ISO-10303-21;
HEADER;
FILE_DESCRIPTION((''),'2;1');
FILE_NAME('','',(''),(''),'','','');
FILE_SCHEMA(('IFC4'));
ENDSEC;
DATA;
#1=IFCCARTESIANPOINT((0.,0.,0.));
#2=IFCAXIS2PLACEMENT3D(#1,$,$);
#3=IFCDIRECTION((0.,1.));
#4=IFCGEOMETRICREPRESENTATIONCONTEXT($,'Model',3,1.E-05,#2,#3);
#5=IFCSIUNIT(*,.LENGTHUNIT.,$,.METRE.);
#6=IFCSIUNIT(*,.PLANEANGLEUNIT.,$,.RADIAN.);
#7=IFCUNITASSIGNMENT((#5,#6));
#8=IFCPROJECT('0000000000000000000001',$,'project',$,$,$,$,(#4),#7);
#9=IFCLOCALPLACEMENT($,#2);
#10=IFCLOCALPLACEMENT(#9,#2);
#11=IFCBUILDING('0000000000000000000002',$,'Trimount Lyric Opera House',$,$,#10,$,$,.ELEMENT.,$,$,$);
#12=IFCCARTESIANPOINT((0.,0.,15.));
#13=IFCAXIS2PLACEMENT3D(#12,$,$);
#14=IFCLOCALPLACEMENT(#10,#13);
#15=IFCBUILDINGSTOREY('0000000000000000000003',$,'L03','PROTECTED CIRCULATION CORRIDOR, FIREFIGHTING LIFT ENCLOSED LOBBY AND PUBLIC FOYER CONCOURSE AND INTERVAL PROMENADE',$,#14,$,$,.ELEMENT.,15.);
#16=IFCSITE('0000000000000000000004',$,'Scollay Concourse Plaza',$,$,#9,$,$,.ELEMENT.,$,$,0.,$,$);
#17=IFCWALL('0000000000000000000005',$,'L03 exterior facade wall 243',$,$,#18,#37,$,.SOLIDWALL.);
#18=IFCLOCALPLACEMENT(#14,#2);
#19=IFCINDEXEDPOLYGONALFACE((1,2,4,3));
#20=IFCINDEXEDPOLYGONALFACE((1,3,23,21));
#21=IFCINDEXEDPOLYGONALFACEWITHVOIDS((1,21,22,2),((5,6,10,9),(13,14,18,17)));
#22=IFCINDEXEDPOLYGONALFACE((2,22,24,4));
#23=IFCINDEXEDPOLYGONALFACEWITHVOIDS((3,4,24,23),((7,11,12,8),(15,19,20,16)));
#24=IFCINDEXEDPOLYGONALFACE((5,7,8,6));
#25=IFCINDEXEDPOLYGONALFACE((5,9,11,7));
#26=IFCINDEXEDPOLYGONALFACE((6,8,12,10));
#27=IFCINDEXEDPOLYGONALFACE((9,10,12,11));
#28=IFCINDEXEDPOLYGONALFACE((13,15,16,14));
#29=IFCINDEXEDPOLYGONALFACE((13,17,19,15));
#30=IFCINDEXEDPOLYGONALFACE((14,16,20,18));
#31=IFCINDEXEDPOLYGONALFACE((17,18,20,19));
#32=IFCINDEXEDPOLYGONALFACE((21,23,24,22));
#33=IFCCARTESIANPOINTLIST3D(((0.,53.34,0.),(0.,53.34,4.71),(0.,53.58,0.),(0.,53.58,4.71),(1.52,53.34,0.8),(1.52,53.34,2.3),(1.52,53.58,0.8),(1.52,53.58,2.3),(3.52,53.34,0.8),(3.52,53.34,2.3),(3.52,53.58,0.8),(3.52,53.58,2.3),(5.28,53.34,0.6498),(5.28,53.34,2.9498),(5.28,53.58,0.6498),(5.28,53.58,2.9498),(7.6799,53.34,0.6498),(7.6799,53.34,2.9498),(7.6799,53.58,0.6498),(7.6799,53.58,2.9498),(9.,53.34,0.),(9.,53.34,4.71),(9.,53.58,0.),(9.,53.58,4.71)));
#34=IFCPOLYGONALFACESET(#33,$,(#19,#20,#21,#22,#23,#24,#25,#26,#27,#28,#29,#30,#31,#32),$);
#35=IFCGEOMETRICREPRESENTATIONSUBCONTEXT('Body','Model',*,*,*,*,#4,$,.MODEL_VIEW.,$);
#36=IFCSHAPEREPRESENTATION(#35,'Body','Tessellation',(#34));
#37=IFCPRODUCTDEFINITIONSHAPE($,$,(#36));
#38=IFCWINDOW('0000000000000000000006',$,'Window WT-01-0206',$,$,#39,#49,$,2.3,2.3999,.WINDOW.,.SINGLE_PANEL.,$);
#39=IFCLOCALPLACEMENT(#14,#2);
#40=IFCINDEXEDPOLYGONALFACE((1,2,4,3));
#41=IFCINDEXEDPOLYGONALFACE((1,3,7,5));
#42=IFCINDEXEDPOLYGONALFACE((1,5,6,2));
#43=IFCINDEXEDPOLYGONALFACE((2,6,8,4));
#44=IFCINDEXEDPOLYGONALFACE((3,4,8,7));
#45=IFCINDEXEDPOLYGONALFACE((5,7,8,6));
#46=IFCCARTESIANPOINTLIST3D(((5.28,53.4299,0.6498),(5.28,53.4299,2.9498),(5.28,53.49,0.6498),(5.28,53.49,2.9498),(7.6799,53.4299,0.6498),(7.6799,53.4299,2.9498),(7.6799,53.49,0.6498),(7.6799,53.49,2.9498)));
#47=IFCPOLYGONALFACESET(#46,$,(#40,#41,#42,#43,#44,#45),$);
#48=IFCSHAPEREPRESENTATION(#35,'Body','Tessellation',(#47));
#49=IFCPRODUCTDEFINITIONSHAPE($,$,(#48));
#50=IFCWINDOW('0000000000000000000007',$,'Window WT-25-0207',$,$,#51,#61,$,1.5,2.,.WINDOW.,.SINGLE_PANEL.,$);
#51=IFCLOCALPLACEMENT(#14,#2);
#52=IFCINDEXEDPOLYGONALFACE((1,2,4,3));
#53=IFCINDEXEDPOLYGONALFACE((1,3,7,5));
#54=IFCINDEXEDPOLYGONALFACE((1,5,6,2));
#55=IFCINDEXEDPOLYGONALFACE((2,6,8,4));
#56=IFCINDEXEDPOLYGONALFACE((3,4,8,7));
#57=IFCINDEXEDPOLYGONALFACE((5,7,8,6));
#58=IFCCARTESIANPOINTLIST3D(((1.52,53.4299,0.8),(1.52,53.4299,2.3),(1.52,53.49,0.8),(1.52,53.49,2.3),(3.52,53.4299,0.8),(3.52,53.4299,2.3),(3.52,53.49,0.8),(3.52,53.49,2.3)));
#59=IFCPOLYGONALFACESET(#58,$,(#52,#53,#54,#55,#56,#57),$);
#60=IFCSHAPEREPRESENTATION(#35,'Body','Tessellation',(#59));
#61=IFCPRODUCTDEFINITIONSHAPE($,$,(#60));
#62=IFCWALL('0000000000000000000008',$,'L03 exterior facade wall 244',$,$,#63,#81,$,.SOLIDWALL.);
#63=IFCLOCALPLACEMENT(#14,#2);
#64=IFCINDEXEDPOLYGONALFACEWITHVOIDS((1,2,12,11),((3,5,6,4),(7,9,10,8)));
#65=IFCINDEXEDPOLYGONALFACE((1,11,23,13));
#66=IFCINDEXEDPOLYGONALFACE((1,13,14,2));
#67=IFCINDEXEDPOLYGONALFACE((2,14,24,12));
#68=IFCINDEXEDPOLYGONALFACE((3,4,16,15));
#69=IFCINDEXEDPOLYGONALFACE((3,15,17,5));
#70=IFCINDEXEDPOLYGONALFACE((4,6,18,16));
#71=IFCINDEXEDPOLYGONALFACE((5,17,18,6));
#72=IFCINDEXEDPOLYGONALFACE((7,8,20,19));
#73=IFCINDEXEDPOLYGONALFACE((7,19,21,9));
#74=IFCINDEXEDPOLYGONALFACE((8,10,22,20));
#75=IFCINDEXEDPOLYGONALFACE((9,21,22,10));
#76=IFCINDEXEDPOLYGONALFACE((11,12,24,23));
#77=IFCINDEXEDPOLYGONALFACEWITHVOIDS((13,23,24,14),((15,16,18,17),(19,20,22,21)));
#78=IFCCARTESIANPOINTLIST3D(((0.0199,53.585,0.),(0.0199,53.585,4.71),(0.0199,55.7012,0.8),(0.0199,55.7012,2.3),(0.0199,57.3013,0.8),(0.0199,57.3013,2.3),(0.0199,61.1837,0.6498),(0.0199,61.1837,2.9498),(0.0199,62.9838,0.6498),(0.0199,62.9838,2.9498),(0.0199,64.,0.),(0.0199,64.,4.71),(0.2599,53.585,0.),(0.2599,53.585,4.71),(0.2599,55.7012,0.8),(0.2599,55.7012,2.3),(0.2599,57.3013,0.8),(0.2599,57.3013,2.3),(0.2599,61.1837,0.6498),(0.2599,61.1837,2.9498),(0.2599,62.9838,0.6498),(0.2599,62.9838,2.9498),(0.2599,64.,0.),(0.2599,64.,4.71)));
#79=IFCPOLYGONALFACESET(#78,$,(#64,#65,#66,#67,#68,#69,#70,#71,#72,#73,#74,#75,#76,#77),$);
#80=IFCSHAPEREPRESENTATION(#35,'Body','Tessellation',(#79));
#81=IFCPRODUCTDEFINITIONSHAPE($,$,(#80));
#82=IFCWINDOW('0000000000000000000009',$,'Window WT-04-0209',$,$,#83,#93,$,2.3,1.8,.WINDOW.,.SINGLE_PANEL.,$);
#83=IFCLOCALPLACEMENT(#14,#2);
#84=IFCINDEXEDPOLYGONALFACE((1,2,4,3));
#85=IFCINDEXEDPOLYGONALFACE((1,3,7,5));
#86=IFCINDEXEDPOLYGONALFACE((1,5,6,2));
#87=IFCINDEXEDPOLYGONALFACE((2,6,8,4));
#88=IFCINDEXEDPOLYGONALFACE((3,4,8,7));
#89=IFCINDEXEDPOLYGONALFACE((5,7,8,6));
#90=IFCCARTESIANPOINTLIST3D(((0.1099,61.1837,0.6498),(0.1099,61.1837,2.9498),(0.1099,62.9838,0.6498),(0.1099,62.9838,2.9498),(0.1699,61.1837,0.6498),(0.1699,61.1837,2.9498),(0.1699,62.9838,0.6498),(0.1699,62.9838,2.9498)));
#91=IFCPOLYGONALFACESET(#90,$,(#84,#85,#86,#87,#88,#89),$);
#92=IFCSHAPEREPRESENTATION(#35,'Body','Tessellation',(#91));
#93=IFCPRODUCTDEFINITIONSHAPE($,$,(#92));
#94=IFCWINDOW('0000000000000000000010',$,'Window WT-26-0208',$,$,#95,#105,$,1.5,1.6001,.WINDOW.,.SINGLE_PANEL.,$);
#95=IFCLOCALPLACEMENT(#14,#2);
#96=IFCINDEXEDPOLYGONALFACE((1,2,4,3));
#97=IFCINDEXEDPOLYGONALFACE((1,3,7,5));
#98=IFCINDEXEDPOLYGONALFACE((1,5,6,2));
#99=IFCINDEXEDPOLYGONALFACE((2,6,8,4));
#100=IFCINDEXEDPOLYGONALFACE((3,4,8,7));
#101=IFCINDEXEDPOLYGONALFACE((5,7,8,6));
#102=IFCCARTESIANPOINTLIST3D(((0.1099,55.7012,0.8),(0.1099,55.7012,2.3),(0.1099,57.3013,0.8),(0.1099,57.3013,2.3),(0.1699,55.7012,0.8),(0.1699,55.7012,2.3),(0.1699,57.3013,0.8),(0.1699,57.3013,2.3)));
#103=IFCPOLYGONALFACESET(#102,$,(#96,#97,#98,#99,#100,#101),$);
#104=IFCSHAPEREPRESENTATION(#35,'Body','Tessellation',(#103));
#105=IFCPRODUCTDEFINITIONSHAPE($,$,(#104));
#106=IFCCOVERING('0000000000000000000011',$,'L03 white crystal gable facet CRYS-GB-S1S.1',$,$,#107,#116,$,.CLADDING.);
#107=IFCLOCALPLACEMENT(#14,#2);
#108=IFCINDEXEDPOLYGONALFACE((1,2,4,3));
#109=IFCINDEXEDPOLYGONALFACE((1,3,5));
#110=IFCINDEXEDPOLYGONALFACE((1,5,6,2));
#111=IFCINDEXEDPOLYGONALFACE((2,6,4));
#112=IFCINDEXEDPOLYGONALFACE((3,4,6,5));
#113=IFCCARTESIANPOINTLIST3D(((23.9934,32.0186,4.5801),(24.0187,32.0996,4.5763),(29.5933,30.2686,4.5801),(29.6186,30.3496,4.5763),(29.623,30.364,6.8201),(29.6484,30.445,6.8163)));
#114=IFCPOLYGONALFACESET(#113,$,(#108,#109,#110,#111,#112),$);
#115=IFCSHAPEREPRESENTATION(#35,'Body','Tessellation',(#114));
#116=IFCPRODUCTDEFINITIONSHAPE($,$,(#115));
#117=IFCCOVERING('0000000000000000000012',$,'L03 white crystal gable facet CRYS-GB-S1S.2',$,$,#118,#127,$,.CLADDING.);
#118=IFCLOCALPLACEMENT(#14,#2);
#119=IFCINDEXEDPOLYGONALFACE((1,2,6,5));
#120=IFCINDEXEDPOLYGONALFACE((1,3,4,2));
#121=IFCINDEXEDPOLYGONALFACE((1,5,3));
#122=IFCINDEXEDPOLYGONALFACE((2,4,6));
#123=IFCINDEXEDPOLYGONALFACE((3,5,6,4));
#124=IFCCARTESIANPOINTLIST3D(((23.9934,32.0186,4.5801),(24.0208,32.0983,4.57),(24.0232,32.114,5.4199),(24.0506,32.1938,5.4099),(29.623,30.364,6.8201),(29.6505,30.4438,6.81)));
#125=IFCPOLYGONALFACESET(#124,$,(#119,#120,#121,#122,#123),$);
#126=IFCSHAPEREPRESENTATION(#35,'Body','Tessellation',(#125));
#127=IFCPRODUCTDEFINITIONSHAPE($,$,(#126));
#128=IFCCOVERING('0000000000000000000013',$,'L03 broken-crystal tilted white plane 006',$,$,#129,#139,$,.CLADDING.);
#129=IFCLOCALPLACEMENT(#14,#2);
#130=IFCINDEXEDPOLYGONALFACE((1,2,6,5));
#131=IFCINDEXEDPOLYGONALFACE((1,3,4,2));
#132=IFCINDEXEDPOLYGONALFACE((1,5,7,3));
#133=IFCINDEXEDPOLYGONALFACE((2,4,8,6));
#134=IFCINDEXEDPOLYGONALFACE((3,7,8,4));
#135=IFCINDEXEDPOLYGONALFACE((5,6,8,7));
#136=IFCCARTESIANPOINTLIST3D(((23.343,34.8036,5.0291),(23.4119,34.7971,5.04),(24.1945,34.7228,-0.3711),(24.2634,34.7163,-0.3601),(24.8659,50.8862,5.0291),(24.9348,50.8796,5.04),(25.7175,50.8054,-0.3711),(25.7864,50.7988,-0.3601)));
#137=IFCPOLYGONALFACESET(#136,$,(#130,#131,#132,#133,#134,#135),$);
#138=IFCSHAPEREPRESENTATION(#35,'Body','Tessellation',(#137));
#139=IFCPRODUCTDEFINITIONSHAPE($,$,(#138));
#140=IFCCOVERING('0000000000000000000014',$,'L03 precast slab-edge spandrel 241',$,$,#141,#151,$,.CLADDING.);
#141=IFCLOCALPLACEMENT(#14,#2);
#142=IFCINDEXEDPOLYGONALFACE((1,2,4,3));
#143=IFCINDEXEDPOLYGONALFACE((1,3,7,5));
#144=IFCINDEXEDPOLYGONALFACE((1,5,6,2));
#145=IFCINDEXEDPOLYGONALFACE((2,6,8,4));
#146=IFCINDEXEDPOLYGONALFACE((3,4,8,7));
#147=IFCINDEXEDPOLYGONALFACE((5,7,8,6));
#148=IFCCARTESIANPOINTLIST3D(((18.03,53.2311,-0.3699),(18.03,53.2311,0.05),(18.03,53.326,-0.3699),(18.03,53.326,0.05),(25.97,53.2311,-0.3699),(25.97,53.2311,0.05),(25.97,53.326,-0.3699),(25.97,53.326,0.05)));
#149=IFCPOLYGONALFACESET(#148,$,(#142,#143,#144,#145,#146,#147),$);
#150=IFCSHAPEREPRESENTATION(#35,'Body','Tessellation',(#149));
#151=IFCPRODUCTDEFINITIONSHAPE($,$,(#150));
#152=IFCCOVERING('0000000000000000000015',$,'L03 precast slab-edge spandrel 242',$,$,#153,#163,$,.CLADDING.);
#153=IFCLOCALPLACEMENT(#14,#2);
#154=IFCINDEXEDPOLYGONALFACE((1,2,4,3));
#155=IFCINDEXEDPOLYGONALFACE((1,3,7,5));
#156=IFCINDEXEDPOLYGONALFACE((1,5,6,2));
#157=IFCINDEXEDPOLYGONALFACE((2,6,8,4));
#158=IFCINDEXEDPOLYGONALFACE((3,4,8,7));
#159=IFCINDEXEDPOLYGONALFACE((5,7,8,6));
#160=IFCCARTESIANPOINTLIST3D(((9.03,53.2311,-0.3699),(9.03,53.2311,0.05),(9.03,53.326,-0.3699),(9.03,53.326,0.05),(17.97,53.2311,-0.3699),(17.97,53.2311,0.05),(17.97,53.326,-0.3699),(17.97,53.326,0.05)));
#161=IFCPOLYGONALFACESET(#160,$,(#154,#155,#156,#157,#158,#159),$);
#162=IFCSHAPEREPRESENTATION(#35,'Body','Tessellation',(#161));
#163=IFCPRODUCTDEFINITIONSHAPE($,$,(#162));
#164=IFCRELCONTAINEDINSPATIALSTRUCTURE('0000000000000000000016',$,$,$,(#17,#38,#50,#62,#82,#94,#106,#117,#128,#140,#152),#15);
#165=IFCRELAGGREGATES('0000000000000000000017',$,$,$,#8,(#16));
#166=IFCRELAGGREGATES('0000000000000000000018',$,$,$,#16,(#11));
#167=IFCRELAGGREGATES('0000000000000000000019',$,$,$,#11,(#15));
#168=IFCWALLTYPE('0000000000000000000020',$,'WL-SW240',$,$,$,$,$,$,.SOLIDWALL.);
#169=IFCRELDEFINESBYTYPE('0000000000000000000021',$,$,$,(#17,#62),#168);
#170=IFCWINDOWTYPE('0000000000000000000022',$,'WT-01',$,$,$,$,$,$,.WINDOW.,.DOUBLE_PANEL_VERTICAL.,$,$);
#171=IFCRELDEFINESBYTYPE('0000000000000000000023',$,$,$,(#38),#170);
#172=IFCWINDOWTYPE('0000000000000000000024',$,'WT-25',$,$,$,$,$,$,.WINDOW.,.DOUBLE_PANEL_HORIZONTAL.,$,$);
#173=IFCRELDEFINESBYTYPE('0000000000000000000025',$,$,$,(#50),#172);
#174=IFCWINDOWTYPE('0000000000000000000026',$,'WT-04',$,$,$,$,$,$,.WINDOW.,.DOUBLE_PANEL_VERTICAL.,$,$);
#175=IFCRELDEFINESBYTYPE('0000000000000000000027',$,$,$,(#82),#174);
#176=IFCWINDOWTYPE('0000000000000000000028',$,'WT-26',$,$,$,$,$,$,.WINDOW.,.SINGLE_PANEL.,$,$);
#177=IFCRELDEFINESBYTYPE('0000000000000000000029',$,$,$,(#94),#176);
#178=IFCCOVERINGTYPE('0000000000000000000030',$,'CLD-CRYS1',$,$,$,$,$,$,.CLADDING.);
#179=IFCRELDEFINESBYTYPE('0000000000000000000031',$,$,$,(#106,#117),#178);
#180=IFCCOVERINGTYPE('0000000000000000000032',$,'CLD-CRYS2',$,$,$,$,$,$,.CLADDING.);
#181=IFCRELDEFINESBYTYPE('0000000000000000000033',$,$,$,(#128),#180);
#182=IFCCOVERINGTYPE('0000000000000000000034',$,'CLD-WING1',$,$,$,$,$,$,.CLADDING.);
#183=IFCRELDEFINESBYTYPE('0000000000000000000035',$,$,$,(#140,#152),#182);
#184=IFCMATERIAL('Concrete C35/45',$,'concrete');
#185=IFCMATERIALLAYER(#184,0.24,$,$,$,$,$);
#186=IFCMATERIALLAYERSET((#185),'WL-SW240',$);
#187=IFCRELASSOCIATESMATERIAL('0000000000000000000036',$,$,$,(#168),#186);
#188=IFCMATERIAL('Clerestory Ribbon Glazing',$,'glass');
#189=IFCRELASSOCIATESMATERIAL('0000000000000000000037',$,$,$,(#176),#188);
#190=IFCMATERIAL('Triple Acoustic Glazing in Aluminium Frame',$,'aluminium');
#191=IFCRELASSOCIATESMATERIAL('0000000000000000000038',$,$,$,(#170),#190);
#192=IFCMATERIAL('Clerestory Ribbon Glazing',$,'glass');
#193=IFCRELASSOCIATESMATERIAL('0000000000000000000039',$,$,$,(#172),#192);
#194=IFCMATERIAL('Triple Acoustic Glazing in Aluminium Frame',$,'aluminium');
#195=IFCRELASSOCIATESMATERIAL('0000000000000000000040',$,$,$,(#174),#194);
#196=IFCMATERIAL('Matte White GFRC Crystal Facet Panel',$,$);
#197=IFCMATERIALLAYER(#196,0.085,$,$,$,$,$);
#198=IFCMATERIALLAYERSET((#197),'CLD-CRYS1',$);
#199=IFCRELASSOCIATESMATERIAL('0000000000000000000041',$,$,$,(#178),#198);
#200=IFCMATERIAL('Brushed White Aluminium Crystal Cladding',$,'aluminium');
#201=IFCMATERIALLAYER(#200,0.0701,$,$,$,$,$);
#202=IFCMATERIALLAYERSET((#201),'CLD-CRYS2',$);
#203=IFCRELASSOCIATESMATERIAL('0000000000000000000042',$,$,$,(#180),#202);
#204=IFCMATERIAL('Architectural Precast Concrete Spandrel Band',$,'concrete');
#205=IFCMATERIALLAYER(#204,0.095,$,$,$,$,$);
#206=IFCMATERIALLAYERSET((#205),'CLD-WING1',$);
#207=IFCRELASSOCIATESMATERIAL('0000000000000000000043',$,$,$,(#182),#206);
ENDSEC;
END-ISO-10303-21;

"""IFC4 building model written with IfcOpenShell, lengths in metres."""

from ifc_helpers import new_model, si_unit, direction, frame, frame_2d, origin, origin_2d, place, context, subcontext, project, spatial, polyline, rectangle, outline, extrude, material, layer, layer_set, type_object, element, fill, save


model = new_model("IFC4")

# Units and contexts
model_context = context("Model", 3, precision=1e-05, world=origin(), true_north=direction((0.0, 1.0)))
body_context = subcontext(model_context, "Body", "Model", "MODEL_VIEW")
ifc_project = project(units=[si_unit("LENGTHUNIT", "METRE"), si_unit("PLANEANGLEUNIT", "RADIAN")], contexts=[model_context])

# Site, building, storey
site_placement = place(None, origin())
site = spatial("IfcSite", under=ifc_project, at=site_placement, Name="Scollay Concourse Plaza", CompositionType="ELEMENT", RefElevation=0.0)
building_placement = place(site_placement, origin())
building = spatial("IfcBuilding", under=site, at=building_placement, Name="Trimount Lyric Opera House", CompositionType="ELEMENT")
storey_placement = place(building_placement, frame((0.0, 0.0, 15.0)))
storey = spatial("IfcBuildingStorey", under=building, at=storey_placement, Name="L03", Description="PROTECTED CIRCULATION CORRIDOR, FIREFIGHTING LIFT ENCLOSED LOBBY AND PUBLIC FOYER CONCOURSE AND INTERVAL PROMENADE", CompositionType="ELEMENT", Elevation=15.0)

# Walls, openings, windows
ifc_material_1 = material(Name="Concrete C35/45", Category="concrete")
ifc_layer_1 = layer(ifc_material_1, 0.24)
ifc_layer_set_1 = layer_set([ifc_layer_1], Name="WL-SW240")
wall_type_1 = type_object("IfcWallType", Name="WL-SW240", PredefinedType="SOLIDWALL", material=ifc_layer_set_1)
ifc_material_2 = material(Name="Clerestory Ribbon Glazing", Category="glass")
window_type_1 = type_object("IfcWindowType", Name="WT-26", PartitioningType="SINGLE_PANEL", PredefinedType="WINDOW", material=ifc_material_2)
wall_1_placement = place(storey_placement, frame((9.0, 53.46, 0.0), z_axis=(0.0, 0.0, 1.0), x_axis=(-1.0, 0.0, 0.0)))
wall_1 = element("IfcWall", 1, at=wall_1_placement, inside=storey, type_object=wall_type_1, Name="L03 exterior facade wall 243", PredefinedType="SOLIDWALL", context=body_context, shape_type="SweptSolid", body=[
    extrude(rectangle(XDim=9.0, YDim=0.24, at=frame_2d((4.5, 0.0))), origin(), (0.0, 0.0, 1.0), 4.71),
])
opening_1_placement = place(wall_1_placement, frame((1.3201, 0.0, 0.6499)))
opening_1 = element("IfcOpeningElement", 2, at=opening_1_placement, cuts=wall_1, PredefinedType="OPENING", context=body_context, shape_type="SweptSolid", body=[
    extrude(rectangle(XDim=2.3999, YDim=2.3, at=frame_2d((1.2, 1.1499))), frame((0.0, 0.1299, 0.0), z_axis=(0.0, -1.0, 0.0), x_axis=(1.0, 0.0, 0.0)), (0.0, 0.0, 1.0), 0.26),
])
opening_2_placement = place(wall_1_placement, frame((5.48, 0.0, 0.8)))
opening_2 = element("IfcOpeningElement", 3, at=opening_2_placement, cuts=wall_1, PredefinedType="OPENING", context=body_context, shape_type="SweptSolid", body=[
    extrude(rectangle(XDim=2.0, YDim=1.5, at=frame_2d((1.0, 0.75))), frame((0.0, 0.1299, 0.0), z_axis=(0.0, -1.0, 0.0), x_axis=(1.0, 0.0, 0.0)), (0.0, 0.0, 1.0), 0.26),
])
ifc_material_3 = material(Name="Triple Acoustic Glazing in Aluminium Frame", Category="aluminium")
window_type_2 = type_object("IfcWindowType", Name="WT-01", PartitioningType="DOUBLE_PANEL_VERTICAL", PredefinedType="WINDOW", material=ifc_material_3)
window_1_placement = place(opening_1_placement, origin())
window_1 = element("IfcWindow", 4, at=window_1_placement, inside=storey, type_object=window_type_2, Name="Window WT-01-0206", OverallHeight=2.3, OverallWidth=2.3999, PartitioningType="SINGLE_PANEL", PredefinedType="WINDOW", context=body_context, shape_type="SweptSolid", body=[
    extrude(rectangle(XDim=2.3999, YDim=2.3, at=frame_2d((1.2, 1.1499))), frame((0.0, 0.03, 0.0), z_axis=(0.0, -1.0, 0.0), x_axis=(1.0, 0.0, 0.0)), (0.0, 0.0, 1.0), 0.0601),
])
fill(opening_1, window_1)
ifc_material_4 = material(Name="Clerestory Ribbon Glazing", Category="glass")
window_type_3 = type_object("IfcWindowType", Name="WT-25", PartitioningType="DOUBLE_PANEL_HORIZONTAL", PredefinedType="WINDOW", material=ifc_material_4)
window_2_placement = place(opening_2_placement, origin())
window_2 = element("IfcWindow", 5, at=window_2_placement, inside=storey, type_object=window_type_3, Name="Window WT-25-0207", OverallHeight=1.5, OverallWidth=2.0, PartitioningType="SINGLE_PANEL", PredefinedType="WINDOW", context=body_context, shape_type="SweptSolid", body=[
    extrude(rectangle(XDim=2.0, YDim=1.5, at=frame_2d((1.0, 0.75))), frame((0.0, 0.03, 0.0), z_axis=(0.0, -1.0, 0.0), x_axis=(1.0, 0.0, 0.0)), (0.0, 0.0, 1.0), 0.0601),
])
fill(opening_2, window_2)
wall_2_placement = place(storey_placement, frame((0.1399, 53.585, 0.0), z_axis=(0.0, 0.0, 1.0), x_axis=(0.0, 1.0, 0.0)))
wall_2 = element("IfcWall", 6, at=wall_2_placement, inside=storey, type_object=wall_type_1, Name="L03 exterior facade wall 244", PredefinedType="SOLIDWALL", context=body_context, shape_type="SweptSolid", body=[
    extrude(rectangle(XDim=10.415, YDim=0.24, at=frame_2d((5.2075, 0.0))), origin(), (0.0, 0.0, 1.0), 4.71),
])
opening_3_placement = place(wall_2_placement, frame((2.1162, 0.0, 0.8)))
opening_3 = element("IfcOpeningElement", 7, at=opening_3_placement, cuts=wall_2, PredefinedType="OPENING", context=body_context, shape_type="SweptSolid", body=[
    extrude(rectangle(XDim=1.6001, YDim=1.5, at=frame_2d((0.8, 0.75))), frame((0.0, 0.1299, 0.0), z_axis=(0.0, -1.0, 0.0), x_axis=(1.0, 0.0, 0.0)), (0.0, 0.0, 1.0), 0.26),
])
opening_4_placement = place(wall_2_placement, frame((7.5989, 0.0, 0.6499)))
opening_4 = element("IfcOpeningElement", 8, at=opening_4_placement, cuts=wall_2, PredefinedType="OPENING", context=body_context, shape_type="SweptSolid", body=[
    extrude(rectangle(XDim=1.8, YDim=2.3, at=frame_2d((0.8999, 1.1499))), frame((0.0, 0.1299, 0.0), z_axis=(0.0, -1.0, 0.0), x_axis=(1.0, 0.0, 0.0)), (0.0, 0.0, 1.0), 0.26),
])
ifc_material_5 = material(Name="Triple Acoustic Glazing in Aluminium Frame", Category="aluminium")
window_type_4 = type_object("IfcWindowType", Name="WT-04", PartitioningType="DOUBLE_PANEL_VERTICAL", PredefinedType="WINDOW", material=ifc_material_5)
window_3_placement = place(opening_4_placement, origin())
window_3 = element("IfcWindow", 9, at=window_3_placement, inside=storey, type_object=window_type_4, Name="Window WT-04-0209", OverallHeight=2.3, OverallWidth=1.8, PartitioningType="SINGLE_PANEL", PredefinedType="WINDOW", context=body_context, shape_type="SweptSolid", body=[
    extrude(rectangle(XDim=1.8, YDim=2.3, at=frame_2d((0.8999, 1.1499))), frame((0.0, 0.03, 0.0), z_axis=(0.0, -1.0, 0.0), x_axis=(1.0, 0.0, 0.0)), (0.0, 0.0, 1.0), 0.0601),
])
fill(opening_4, window_3)
window_4_placement = place(opening_3_placement, origin())
window_4 = element("IfcWindow", 10, at=window_4_placement, inside=storey, type_object=window_type_1, Name="Window WT-26-0208", OverallHeight=1.5, OverallWidth=1.6001, PartitioningType="SINGLE_PANEL", PredefinedType="WINDOW", context=body_context, shape_type="SweptSolid", body=[
    extrude(rectangle(XDim=1.6001, YDim=1.5, at=frame_2d((0.8, 0.75))), frame((0.0, 0.03, 0.0), z_axis=(0.0, -1.0, 0.0), x_axis=(1.0, 0.0, 0.0)), (0.0, 0.0, 1.0), 0.0601),
])
fill(opening_3, window_4)

# Coverings
ifc_material_6 = material(Name="Matte White GFRC Crystal Facet Panel")
ifc_layer_2 = layer(ifc_material_6, 0.085)
ifc_layer_set_2 = layer_set([ifc_layer_2], Name="CLD-CRYS1")
covering_type_1 = type_object("IfcCoveringType", Name="CLD-CRYS1", PredefinedType="CLADDING", material=ifc_layer_set_2)
covering_1_placement = place(storey_placement, frame((23.9934, 32.0186, 4.5801), z_axis=(-0.297985, -0.953528, 0.044598), x_axis=(0.954478, -0.298282, 0.0)))
element("IfcCovering", 11, at=covering_1_placement, inside=storey, type_object=covering_type_1, Name="L03 white crystal gable facet CRYS-GB-S1S.1", PredefinedType="CLADDING", context=body_context, shape_type="SweptSolid", body=[
    extrude(outline(polyline([(0.0, 0.0), (5.8669, 0.0), (5.8669, 2.2422), (0.0, 0.0)])), origin(), (0.0, 0.0, -1.0), 0.085),
])
covering_2_placement = place(storey_placement, frame((23.9934, 32.0186, 4.5801), z_axis=(-0.322993, -0.938993, 0.118184), x_axis=(0.896331, -0.26343, 0.356643)))
element("IfcCovering", 12, at=covering_2_placement, inside=storey, type_object=covering_type_1, Name="L03 white crystal gable facet CRYS-GB-S1S.2", PredefinedType="CLADDING", context=body_context, shape_type="SweptSolid", body=[
    extrude(outline(polyline([(0.0, 0.0), (6.2808, 0.0), (0.3011, 0.7904), (0.0, 0.0)])), origin(), (0.0, 0.0, -1.0), 0.085),
])
ifc_material_7 = material(Name="Brushed White Aluminium Crystal Cladding", Category="aluminium")
ifc_layer_3 = layer(ifc_material_7, 0.0701)
ifc_layer_set_3 = layer_set([ifc_layer_3], Name="CLD-CRYS2")
covering_type_2 = type_object("IfcCoveringType", Name="CLD-CRYS2", PredefinedType="CLADDING", material=ifc_layer_set_3)
covering_3_placement = place(storey_placement, frame((24.2634, 34.7163, -0.3601), z_axis=(0.983287, -0.093113, 0.15645), x_axis=(0.094274, 0.995546, 0.0)))
element("IfcCovering", 13, at=covering_3_placement, inside=storey, type_object=covering_type_2, Name="L03 broken-crystal tilted white plane 006", PredefinedType="CLADDING", context=body_context, shape_type="SweptSolid", body=[
    extrude(outline(polyline([(0.0, 0.0), (16.1545, 0.0), (16.1546, 5.4675), (0.0002, 5.4675), (0.0, 0.0)])), origin(), (0.0, 0.0, -1.0), 0.0701),
])
ifc_material_8 = material(Name="Architectural Precast Concrete Spandrel Band", Category="concrete")
ifc_layer_4 = layer(ifc_material_8, 0.095)
ifc_layer_set_4 = layer_set([ifc_layer_4], Name="CLD-WING1")
covering_type_3 = type_object("IfcCoveringType", Name="CLD-WING1", PredefinedType="CLADDING", material=ifc_layer_set_4)
covering_4_placement = place(storey_placement, frame((22.0, 53.2786, -0.3699), z_axis=(0.0, 0.0, 1.0), x_axis=(-1.0, 0.0, 0.0)))
element("IfcCovering", 14, at=covering_4_placement, inside=storey, type_object=covering_type_3, Name="L03 precast slab-edge spandrel 241", PredefinedType="CLADDING", context=body_context, shape_type="SweptSolid", body=[
    extrude(rectangle(XDim=7.9399, YDim=0.095, at=origin_2d()), origin(), (0.0, 0.0, 1.0), 0.4199),
])
for number, where, z_axis, x_axis, name in (
    (15, (13.5, 53.2786, -0.3699), (0.0, 0.0, 1.0), (-1.0, 0.0, 0.0), "L03 precast slab-edge spandrel 242"),
):
    element("IfcCovering", number, at=place(storey_placement, frame(where, z_axis=z_axis, x_axis=x_axis)), inside=storey, type_object=covering_type_3, Name=name, PredefinedType="CLADDING", context=body_context, shape_type="SweptSolid", body=[
        extrude(rectangle(XDim=8.9399, YDim=0.095, at=origin_2d()), origin(), (0.0, 0.0, 1.0), 0.4199),
    ])

save(model, "model.ifc")
